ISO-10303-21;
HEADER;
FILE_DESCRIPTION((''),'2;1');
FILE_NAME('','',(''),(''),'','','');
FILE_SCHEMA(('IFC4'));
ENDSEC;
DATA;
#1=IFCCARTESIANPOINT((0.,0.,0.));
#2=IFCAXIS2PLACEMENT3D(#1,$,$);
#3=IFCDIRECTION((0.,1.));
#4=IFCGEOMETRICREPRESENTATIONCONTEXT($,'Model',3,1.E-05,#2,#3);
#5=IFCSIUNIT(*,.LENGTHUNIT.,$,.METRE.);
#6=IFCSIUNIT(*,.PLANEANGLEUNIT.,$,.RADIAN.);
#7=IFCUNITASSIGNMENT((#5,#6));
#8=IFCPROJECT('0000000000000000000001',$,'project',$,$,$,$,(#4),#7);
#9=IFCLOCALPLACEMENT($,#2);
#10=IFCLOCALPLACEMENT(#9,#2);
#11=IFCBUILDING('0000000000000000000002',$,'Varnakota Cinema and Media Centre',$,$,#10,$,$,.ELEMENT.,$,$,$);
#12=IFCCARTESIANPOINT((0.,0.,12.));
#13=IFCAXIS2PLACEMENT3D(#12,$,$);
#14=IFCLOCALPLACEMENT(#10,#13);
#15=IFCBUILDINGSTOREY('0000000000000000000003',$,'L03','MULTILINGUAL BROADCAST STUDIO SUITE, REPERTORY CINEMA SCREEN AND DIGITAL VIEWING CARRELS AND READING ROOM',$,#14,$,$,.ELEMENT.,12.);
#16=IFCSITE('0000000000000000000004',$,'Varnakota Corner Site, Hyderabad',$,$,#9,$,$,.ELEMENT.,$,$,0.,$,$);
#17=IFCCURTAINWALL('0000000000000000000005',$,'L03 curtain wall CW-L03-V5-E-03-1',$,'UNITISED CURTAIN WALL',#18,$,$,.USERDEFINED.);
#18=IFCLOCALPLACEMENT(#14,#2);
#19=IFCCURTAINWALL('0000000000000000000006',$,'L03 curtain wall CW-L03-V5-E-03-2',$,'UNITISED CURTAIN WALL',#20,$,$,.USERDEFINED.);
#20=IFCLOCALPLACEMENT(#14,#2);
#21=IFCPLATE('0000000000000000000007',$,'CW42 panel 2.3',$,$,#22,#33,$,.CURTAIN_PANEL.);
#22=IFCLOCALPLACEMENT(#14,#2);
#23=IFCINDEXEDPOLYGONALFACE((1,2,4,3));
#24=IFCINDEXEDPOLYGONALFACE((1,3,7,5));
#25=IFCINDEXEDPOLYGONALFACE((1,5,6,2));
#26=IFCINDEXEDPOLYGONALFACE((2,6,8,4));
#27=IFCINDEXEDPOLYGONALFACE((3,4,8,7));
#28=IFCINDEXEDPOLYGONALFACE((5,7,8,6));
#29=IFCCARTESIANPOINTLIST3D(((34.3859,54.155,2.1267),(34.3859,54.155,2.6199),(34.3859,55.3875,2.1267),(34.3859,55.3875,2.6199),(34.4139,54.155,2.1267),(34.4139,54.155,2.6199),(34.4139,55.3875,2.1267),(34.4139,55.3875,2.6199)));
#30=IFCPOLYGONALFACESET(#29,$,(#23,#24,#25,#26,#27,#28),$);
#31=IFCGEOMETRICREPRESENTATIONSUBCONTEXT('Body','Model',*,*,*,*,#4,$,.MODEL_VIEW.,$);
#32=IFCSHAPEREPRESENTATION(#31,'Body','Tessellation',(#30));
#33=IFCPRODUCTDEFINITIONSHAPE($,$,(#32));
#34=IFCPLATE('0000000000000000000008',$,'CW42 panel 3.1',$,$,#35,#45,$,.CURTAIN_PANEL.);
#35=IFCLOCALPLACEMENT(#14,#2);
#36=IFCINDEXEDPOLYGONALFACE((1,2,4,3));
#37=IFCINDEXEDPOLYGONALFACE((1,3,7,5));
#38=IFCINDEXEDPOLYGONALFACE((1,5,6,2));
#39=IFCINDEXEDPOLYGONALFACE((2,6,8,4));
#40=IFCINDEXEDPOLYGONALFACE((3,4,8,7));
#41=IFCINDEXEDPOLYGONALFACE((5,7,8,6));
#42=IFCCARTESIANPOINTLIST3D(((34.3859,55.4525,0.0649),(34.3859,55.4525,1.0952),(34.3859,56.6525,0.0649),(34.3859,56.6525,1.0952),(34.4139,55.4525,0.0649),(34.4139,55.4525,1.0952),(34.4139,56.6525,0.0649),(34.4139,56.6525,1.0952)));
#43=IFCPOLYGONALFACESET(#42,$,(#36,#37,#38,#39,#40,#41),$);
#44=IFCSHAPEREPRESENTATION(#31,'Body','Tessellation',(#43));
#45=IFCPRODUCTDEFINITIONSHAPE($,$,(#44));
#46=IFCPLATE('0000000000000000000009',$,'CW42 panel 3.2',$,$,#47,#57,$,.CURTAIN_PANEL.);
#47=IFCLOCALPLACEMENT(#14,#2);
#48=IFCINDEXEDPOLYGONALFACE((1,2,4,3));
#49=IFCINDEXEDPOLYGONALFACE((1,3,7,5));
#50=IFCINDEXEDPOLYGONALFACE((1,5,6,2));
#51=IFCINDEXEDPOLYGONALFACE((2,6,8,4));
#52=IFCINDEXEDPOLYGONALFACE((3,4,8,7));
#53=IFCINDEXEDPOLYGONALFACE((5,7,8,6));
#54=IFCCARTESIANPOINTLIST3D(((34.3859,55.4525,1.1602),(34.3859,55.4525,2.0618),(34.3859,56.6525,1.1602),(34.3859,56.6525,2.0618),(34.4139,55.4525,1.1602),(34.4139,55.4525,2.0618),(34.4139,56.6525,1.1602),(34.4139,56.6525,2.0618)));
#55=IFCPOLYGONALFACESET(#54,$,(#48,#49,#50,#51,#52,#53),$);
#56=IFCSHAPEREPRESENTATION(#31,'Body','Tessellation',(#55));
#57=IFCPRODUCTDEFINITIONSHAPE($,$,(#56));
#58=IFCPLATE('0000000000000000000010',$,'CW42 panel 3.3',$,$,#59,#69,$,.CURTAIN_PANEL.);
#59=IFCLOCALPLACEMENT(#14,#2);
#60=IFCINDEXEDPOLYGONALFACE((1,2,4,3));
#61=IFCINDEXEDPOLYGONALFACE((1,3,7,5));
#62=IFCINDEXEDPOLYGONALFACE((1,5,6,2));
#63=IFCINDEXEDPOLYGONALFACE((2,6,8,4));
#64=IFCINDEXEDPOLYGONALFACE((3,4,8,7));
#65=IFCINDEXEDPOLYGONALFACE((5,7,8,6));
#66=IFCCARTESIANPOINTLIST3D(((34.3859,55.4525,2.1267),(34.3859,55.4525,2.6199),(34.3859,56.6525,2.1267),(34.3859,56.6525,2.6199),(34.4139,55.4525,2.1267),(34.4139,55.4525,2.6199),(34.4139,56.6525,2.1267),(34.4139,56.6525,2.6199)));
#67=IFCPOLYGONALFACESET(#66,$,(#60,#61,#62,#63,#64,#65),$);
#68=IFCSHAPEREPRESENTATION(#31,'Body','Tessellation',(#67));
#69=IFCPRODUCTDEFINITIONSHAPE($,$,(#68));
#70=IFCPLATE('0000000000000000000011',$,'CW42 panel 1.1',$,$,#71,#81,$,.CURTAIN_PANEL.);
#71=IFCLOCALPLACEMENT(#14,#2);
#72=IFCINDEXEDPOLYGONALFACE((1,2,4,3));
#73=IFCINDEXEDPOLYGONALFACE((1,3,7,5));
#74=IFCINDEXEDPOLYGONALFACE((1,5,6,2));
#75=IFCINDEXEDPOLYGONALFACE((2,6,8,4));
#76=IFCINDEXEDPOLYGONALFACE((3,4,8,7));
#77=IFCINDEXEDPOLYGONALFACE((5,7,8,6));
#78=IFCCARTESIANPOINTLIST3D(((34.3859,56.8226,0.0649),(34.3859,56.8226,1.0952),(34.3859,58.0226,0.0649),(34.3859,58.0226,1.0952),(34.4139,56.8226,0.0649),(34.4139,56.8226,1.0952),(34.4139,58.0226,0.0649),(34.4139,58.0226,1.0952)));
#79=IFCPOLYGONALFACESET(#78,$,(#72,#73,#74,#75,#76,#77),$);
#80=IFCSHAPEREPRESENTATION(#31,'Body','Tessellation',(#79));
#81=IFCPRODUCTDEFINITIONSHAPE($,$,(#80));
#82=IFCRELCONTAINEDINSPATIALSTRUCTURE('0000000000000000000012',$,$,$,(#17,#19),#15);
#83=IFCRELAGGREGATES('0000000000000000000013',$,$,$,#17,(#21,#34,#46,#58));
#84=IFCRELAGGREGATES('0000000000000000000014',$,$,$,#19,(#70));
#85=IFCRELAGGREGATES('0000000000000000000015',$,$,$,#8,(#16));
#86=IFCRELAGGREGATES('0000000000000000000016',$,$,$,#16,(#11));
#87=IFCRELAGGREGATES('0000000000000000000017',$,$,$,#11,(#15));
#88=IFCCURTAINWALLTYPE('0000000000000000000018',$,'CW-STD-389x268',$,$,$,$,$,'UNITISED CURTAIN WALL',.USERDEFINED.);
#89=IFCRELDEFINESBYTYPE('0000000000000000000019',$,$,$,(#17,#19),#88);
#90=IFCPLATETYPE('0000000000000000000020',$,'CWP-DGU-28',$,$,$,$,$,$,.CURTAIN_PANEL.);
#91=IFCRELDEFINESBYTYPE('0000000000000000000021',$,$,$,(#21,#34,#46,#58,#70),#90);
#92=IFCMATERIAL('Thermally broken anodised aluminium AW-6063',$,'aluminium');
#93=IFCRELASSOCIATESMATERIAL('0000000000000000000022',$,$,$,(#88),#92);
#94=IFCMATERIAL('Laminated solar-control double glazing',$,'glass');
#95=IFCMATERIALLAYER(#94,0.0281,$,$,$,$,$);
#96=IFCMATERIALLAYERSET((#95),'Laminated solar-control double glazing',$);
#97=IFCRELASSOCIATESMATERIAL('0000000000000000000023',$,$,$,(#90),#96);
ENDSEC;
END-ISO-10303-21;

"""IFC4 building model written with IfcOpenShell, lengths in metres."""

from ifc_helpers import new_model, si_unit, direction, frame, origin, origin_2d, place, context, subcontext, project, spatial, rectangle, extrude, material, layer, layer_set, type_object, element, aggregate, save


model = new_model("IFC4")

# Units and contexts
model_context = context("Model", 3, precision=1e-05, world=origin(), true_north=direction((0.0, 1.0)))
body_context = subcontext(model_context, "Body", "Model", "MODEL_VIEW")
ifc_project = project(units=[si_unit("LENGTHUNIT", "METRE"), si_unit("PLANEANGLEUNIT", "RADIAN")], contexts=[model_context])

# Site, building, storey
site_placement = place(None, origin())
site = spatial("IfcSite", under=ifc_project, at=site_placement, Name="Varnakota Corner Site, Hyderabad", CompositionType="ELEMENT", RefElevation=0.0)
building_placement = place(site_placement, origin())
building = spatial("IfcBuilding", under=site, at=building_placement, Name="Varnakota Cinema and Media Centre", CompositionType="ELEMENT")
storey_placement = place(building_placement, frame((0.0, 0.0, 12.0)))
storey = spatial("IfcBuildingStorey", under=building, at=storey_placement, Name="L03", Description="MULTILINGUAL BROADCAST STUDIO SUITE, REPERTORY CINEMA SCREEN AND DIGITAL VIEWING CARRELS AND READING ROOM", CompositionType="ELEMENT", Elevation=12.0)

# Curtain wall
ifc_material_1 = material(Name="Thermally broken anodised aluminium AW-6063", Category="aluminium")
curtain_wall_type = type_object("IfcCurtainWallType", Name="CW-STD-389x268", ElementType="UNITISED CURTAIN WALL", PredefinedType="USERDEFINED", material=ifc_material_1)
curtain_wall_1_placement = place(storey_placement, origin())
curtain_wall_1 = element("IfcCurtainWall", 1, at=curtain_wall_1_placement, inside=storey, type_object=curtain_wall_type, Name="L03 curtain wall CW-L03-V5-E-03-1", ObjectType="UNITISED CURTAIN WALL", PredefinedType="USERDEFINED")

# Curtain wall
curtain_wall_2_placement = place(storey_placement, origin())
curtain_wall_2 = element("IfcCurtainWall", 2, at=curtain_wall_2_placement, inside=storey, type_object=curtain_wall_type, Name="L03 curtain wall CW-L03-V5-E-03-2", ObjectType="UNITISED CURTAIN WALL", PredefinedType="USERDEFINED")

# Plates
ifc_material_2 = material(Name="Laminated solar-control double glazing", Category="glass")
ifc_layer = layer(ifc_material_2, 0.0281)
ifc_layer_set = layer_set([ifc_layer], Name="Laminated solar-control double glazing")
plate_type = type_object("IfcPlateType", Name="CWP-DGU-28", PredefinedType="CURTAIN_PANEL", material=ifc_layer_set)
plate_1_placement = place(storey_placement, frame((34.3999, 54.7712, 2.1267), z_axis=(0.0, 0.0, 1.0), x_axis=(0.0, 1.0, 0.0)))
plate_1 = element("IfcPlate", 3, at=plate_1_placement, type_object=plate_type, Name="CW42 panel 2.3", PredefinedType="CURTAIN_PANEL", context=body_context, shape_type="SweptSolid", body=[
    extrude(rectangle(XDim=1.2324, YDim=0.0281, at=origin_2d()), origin(), (0.0, 0.0, 1.0), 0.4932),
])
plate_2_placement = place(storey_placement, frame((34.3999, 56.0525, 0.0649), z_axis=(0.0, 0.0, 1.0), x_axis=(0.0, 1.0, 0.0)))
plate_2 = element("IfcPlate", 4, at=plate_2_placement, type_object=plate_type, Name="CW42 panel 3.1", PredefinedType="CURTAIN_PANEL", context=body_context, shape_type="SweptSolid", body=[
    extrude(rectangle(XDim=1.2, YDim=0.0281, at=origin_2d()), origin(), (0.0, 0.0, 1.0), 1.0303),
])
plate_3_placement = place(storey_placement, frame((34.3999, 56.0525, 1.1602), z_axis=(0.0, 0.0, 1.0), x_axis=(0.0, 1.0, 0.0)))
plate_3 = element("IfcPlate", 5, at=plate_3_placement, type_object=plate_type, Name="CW42 panel 3.2", PredefinedType="CURTAIN_PANEL", context=body_context, shape_type="SweptSolid", body=[
    extrude(rectangle(XDim=1.2, YDim=0.0281, at=origin_2d()), origin(), (0.0, 0.0, 1.0), 0.9016),
])
plate_4_placement = place(storey_placement, frame((34.3999, 56.0525, 2.1267), z_axis=(0.0, 0.0, 1.0), x_axis=(0.0, 1.0, 0.0)))
plate_4 = element("IfcPlate", 6, at=plate_4_placement, type_object=plate_type, Name="CW42 panel 3.3", PredefinedType="CURTAIN_PANEL", context=body_context, shape_type="SweptSolid", body=[
    extrude(rectangle(XDim=1.2, YDim=0.0281, at=origin_2d()), origin(), (0.0, 0.0, 1.0), 0.4932),
])
aggregate(curtain_wall_1, [plate_1, plate_2, plate_3, plate_4])
plate_5_placement = place(storey_placement, frame((34.3999, 57.4226, 0.0649), z_axis=(0.0, 0.0, 1.0), x_axis=(0.0, 1.0, 0.0)))
plate_5 = element("IfcPlate", 7, at=plate_5_placement, type_object=plate_type, Name="CW42 panel 1.1", PredefinedType="CURTAIN_PANEL", context=body_context, shape_type="SweptSolid", body=[
    extrude(rectangle(XDim=1.2, YDim=0.0281, at=origin_2d()), origin(), (0.0, 0.0, 1.0), 1.0303),
])
aggregate(curtain_wall_2, [plate_5])

save(model, "model.ifc")
